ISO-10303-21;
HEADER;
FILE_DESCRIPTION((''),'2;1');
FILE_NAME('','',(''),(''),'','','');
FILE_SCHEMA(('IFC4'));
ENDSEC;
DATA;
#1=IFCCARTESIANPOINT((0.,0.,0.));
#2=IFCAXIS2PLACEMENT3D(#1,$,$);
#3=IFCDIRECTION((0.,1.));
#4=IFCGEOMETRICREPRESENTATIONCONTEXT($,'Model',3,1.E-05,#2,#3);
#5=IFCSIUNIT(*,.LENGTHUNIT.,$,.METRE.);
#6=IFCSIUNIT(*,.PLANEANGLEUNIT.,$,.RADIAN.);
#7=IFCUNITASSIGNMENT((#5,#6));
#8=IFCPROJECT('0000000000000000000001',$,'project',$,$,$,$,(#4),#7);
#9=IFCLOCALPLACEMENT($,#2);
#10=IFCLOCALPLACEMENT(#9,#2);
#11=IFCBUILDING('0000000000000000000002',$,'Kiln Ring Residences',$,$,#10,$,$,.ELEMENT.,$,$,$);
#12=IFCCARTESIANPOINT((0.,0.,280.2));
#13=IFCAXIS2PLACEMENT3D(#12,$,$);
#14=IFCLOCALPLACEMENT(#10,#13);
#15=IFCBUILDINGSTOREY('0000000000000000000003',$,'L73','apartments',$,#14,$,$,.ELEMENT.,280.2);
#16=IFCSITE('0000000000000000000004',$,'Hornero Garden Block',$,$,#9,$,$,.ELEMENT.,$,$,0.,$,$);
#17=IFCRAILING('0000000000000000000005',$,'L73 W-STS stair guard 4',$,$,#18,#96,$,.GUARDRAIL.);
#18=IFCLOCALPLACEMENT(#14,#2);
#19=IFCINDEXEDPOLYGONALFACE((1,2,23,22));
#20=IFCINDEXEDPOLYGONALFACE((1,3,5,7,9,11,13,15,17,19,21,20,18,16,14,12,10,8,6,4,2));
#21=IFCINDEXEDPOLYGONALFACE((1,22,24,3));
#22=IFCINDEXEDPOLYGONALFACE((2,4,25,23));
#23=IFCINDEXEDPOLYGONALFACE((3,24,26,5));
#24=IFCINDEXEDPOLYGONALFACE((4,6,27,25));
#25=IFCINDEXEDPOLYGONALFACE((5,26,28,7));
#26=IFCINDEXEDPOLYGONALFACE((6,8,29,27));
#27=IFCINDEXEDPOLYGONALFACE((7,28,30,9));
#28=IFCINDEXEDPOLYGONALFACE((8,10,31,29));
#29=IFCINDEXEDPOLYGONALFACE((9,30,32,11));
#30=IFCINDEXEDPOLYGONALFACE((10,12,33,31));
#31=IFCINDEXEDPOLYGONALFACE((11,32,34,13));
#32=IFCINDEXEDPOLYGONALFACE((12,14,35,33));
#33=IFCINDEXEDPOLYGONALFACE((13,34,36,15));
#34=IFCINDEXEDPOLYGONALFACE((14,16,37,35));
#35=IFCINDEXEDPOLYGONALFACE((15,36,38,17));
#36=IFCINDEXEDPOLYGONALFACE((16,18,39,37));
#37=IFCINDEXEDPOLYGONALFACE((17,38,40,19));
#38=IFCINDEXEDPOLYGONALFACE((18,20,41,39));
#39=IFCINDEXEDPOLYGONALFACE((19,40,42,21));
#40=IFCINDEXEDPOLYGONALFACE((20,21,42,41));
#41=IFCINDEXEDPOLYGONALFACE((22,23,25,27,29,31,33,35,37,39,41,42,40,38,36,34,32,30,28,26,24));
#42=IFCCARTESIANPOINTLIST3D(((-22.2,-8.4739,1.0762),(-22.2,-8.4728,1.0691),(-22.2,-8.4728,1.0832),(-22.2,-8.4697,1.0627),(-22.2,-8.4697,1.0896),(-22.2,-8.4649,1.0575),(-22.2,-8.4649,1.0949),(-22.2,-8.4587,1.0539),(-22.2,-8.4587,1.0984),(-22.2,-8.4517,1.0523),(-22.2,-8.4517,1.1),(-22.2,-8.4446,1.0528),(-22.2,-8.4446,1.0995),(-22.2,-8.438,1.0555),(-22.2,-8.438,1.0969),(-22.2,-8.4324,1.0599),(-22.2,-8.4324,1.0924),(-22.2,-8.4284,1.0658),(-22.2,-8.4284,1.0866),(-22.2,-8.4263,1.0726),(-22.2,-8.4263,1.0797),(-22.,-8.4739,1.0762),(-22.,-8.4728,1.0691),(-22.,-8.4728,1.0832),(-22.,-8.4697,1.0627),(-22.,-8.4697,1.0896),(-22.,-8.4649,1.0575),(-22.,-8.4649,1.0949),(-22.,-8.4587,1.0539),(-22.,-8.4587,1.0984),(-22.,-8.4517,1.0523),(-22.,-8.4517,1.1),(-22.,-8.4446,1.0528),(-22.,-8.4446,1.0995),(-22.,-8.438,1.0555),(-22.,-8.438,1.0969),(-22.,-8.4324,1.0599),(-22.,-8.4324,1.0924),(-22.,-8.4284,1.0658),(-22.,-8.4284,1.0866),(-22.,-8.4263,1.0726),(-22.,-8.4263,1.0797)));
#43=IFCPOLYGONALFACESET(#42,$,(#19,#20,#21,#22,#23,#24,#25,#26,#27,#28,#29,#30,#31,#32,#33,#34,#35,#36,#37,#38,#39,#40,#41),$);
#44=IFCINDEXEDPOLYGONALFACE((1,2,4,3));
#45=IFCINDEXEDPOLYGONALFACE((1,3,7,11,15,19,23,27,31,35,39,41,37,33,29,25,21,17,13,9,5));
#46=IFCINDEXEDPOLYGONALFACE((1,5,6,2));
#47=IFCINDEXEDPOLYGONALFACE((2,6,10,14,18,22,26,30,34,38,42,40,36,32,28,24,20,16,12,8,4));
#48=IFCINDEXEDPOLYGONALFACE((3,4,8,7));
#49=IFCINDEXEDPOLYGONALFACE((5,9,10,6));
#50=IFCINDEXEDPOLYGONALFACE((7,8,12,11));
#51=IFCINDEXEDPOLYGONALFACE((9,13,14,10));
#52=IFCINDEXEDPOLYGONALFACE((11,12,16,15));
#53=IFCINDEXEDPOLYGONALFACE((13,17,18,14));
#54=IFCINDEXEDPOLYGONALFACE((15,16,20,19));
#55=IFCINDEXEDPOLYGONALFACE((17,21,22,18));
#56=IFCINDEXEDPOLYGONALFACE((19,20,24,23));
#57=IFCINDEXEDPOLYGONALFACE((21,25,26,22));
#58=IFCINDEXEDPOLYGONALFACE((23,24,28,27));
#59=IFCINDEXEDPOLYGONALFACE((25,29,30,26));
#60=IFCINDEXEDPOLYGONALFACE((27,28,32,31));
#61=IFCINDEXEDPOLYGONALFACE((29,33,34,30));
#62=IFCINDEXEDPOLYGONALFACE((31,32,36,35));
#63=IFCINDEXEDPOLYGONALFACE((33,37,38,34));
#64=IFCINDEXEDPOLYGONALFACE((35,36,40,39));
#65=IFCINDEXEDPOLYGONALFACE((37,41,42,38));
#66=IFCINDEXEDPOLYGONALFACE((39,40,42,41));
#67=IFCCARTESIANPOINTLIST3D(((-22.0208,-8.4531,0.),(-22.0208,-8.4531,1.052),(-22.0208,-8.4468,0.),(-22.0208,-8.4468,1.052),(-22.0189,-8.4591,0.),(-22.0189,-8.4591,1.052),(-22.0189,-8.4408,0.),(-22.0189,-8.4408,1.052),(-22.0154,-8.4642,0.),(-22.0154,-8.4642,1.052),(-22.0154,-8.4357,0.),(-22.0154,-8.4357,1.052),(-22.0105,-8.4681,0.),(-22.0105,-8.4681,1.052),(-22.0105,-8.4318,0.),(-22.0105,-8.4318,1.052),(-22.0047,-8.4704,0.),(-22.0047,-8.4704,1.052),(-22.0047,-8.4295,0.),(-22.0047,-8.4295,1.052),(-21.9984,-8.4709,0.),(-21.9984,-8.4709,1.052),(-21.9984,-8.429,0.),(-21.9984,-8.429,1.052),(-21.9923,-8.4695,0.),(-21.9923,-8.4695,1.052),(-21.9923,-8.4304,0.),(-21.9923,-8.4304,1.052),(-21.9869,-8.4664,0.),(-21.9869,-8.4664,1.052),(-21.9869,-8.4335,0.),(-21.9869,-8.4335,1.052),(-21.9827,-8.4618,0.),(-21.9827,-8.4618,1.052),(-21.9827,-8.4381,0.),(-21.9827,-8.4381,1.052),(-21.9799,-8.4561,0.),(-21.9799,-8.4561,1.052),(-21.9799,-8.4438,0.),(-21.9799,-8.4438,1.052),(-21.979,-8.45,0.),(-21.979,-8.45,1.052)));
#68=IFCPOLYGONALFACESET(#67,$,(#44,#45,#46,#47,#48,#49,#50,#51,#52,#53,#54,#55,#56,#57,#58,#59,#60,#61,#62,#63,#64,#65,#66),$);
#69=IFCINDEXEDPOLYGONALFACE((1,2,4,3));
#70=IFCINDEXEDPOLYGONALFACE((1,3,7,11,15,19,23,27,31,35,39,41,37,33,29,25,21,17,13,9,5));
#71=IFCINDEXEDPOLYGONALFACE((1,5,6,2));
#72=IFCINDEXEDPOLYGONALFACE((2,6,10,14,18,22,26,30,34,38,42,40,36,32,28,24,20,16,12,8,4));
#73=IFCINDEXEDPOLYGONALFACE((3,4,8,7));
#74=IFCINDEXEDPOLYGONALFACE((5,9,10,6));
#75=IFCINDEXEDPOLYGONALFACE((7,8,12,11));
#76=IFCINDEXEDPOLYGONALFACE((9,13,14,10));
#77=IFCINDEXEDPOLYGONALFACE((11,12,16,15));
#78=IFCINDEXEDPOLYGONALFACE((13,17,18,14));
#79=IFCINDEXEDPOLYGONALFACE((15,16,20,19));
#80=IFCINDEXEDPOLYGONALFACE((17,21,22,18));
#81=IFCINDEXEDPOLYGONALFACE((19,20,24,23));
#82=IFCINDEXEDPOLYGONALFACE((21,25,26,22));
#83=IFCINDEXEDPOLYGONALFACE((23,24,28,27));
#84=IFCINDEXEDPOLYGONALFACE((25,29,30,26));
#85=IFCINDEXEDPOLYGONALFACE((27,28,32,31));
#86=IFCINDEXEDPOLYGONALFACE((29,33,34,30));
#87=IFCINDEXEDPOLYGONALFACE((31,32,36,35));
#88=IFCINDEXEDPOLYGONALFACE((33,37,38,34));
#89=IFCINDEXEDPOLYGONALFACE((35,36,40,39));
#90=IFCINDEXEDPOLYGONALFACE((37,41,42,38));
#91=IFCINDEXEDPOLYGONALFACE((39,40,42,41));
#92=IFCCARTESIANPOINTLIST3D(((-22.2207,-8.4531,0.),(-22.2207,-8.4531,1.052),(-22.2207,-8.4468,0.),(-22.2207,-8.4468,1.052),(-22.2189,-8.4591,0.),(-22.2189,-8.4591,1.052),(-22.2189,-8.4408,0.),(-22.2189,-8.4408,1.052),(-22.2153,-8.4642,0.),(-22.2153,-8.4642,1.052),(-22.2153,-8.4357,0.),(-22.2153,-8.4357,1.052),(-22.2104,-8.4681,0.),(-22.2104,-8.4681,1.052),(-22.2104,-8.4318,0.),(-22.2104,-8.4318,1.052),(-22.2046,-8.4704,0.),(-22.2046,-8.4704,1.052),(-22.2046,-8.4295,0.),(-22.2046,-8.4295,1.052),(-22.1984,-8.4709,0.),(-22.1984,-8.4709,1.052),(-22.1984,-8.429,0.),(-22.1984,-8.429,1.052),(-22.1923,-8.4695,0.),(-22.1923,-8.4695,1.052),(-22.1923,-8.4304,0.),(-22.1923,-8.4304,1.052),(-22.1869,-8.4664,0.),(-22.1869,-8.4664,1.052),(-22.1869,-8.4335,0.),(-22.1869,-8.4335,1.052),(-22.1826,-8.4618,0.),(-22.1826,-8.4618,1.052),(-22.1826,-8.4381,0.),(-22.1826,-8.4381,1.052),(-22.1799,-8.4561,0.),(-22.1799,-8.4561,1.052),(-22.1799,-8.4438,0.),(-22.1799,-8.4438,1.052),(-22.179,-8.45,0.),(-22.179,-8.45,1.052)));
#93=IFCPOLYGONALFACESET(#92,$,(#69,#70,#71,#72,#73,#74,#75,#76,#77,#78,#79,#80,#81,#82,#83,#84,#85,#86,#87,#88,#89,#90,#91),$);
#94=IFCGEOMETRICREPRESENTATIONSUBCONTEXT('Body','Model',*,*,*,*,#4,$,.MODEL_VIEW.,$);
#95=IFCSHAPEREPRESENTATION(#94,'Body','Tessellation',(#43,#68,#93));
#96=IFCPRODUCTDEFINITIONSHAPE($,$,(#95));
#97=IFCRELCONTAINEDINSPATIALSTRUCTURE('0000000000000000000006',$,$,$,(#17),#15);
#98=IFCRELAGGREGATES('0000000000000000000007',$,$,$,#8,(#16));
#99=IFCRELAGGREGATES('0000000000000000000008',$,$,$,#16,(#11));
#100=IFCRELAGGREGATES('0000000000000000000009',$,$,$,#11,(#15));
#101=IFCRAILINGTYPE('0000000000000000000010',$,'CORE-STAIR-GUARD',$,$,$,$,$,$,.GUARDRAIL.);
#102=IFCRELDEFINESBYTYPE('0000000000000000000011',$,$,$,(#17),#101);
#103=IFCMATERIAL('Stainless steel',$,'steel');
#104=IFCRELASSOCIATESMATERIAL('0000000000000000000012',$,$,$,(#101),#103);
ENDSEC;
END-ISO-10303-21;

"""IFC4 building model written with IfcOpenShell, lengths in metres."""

from ifc_helpers import new_model, si_unit, direction, frame, origin, origin_2d, place, context, subcontext, project, spatial, circle, extrude, material, type_object, element, save


model = new_model("IFC4")

# Units and contexts
model_context = context("Model", 3, precision=1e-05, world=origin(), true_north=direction((0.0, 1.0)))
body_context = subcontext(model_context, "Body", "Model", "MODEL_VIEW")
ifc_project = project(units=[si_unit("LENGTHUNIT", "METRE"), si_unit("PLANEANGLEUNIT", "RADIAN")], contexts=[model_context])

# Site, building, storey
site_placement = place(None, origin())
site = spatial("IfcSite", under=ifc_project, at=site_placement, Name="Hornero Garden Block", CompositionType="ELEMENT", RefElevation=0.0)
building_placement = place(site_placement, origin())
building = spatial("IfcBuilding", under=site, at=building_placement, Name="Kiln Ring Residences", CompositionType="ELEMENT")
storey_placement = place(building_placement, frame((0.0, 0.0, 280.2)))
storey = spatial("IfcBuildingStorey", under=building, at=storey_placement, Name="L73", Description="apartments", CompositionType="ELEMENT", Elevation=280.2)

# Railing
ifc_material_1 = material(Name="Stainless steel", Category="steel")
railing_type_1 = type_object("IfcRailingType", Name="CORE-STAIR-GUARD", PredefinedType="GUARDRAIL", material=ifc_material_1)
railing_1_placement = place(storey_placement, frame((-22.0, -8.45, 0.0)))
element("IfcRailing", 1, at=railing_1_placement, inside=storey, type_object=railing_type_1, Name="L73 W-STS stair guard 4", PredefinedType="GUARDRAIL", context=body_context, shape_type="SweptSolid", body=[
    extrude(circle(Radius=0.0239, at=origin_2d()), frame((0.0, 0.0, 1.0762), z_axis=(-1.0, 0.0, 0.0), x_axis=(0.0, -1.0, 0.0)), (0.0, 0.0, 1.0), 0.2),
    extrude(circle(Radius=0.021, at=origin_2d()), origin(), (0.0, 0.0, 1.0), 1.052),
    extrude(circle(Radius=0.021, at=origin_2d()), frame((-0.2, 0.0, 0.0)), (0.0, 0.0, 1.0), 1.052),
])

save(model, "model.ifc")
